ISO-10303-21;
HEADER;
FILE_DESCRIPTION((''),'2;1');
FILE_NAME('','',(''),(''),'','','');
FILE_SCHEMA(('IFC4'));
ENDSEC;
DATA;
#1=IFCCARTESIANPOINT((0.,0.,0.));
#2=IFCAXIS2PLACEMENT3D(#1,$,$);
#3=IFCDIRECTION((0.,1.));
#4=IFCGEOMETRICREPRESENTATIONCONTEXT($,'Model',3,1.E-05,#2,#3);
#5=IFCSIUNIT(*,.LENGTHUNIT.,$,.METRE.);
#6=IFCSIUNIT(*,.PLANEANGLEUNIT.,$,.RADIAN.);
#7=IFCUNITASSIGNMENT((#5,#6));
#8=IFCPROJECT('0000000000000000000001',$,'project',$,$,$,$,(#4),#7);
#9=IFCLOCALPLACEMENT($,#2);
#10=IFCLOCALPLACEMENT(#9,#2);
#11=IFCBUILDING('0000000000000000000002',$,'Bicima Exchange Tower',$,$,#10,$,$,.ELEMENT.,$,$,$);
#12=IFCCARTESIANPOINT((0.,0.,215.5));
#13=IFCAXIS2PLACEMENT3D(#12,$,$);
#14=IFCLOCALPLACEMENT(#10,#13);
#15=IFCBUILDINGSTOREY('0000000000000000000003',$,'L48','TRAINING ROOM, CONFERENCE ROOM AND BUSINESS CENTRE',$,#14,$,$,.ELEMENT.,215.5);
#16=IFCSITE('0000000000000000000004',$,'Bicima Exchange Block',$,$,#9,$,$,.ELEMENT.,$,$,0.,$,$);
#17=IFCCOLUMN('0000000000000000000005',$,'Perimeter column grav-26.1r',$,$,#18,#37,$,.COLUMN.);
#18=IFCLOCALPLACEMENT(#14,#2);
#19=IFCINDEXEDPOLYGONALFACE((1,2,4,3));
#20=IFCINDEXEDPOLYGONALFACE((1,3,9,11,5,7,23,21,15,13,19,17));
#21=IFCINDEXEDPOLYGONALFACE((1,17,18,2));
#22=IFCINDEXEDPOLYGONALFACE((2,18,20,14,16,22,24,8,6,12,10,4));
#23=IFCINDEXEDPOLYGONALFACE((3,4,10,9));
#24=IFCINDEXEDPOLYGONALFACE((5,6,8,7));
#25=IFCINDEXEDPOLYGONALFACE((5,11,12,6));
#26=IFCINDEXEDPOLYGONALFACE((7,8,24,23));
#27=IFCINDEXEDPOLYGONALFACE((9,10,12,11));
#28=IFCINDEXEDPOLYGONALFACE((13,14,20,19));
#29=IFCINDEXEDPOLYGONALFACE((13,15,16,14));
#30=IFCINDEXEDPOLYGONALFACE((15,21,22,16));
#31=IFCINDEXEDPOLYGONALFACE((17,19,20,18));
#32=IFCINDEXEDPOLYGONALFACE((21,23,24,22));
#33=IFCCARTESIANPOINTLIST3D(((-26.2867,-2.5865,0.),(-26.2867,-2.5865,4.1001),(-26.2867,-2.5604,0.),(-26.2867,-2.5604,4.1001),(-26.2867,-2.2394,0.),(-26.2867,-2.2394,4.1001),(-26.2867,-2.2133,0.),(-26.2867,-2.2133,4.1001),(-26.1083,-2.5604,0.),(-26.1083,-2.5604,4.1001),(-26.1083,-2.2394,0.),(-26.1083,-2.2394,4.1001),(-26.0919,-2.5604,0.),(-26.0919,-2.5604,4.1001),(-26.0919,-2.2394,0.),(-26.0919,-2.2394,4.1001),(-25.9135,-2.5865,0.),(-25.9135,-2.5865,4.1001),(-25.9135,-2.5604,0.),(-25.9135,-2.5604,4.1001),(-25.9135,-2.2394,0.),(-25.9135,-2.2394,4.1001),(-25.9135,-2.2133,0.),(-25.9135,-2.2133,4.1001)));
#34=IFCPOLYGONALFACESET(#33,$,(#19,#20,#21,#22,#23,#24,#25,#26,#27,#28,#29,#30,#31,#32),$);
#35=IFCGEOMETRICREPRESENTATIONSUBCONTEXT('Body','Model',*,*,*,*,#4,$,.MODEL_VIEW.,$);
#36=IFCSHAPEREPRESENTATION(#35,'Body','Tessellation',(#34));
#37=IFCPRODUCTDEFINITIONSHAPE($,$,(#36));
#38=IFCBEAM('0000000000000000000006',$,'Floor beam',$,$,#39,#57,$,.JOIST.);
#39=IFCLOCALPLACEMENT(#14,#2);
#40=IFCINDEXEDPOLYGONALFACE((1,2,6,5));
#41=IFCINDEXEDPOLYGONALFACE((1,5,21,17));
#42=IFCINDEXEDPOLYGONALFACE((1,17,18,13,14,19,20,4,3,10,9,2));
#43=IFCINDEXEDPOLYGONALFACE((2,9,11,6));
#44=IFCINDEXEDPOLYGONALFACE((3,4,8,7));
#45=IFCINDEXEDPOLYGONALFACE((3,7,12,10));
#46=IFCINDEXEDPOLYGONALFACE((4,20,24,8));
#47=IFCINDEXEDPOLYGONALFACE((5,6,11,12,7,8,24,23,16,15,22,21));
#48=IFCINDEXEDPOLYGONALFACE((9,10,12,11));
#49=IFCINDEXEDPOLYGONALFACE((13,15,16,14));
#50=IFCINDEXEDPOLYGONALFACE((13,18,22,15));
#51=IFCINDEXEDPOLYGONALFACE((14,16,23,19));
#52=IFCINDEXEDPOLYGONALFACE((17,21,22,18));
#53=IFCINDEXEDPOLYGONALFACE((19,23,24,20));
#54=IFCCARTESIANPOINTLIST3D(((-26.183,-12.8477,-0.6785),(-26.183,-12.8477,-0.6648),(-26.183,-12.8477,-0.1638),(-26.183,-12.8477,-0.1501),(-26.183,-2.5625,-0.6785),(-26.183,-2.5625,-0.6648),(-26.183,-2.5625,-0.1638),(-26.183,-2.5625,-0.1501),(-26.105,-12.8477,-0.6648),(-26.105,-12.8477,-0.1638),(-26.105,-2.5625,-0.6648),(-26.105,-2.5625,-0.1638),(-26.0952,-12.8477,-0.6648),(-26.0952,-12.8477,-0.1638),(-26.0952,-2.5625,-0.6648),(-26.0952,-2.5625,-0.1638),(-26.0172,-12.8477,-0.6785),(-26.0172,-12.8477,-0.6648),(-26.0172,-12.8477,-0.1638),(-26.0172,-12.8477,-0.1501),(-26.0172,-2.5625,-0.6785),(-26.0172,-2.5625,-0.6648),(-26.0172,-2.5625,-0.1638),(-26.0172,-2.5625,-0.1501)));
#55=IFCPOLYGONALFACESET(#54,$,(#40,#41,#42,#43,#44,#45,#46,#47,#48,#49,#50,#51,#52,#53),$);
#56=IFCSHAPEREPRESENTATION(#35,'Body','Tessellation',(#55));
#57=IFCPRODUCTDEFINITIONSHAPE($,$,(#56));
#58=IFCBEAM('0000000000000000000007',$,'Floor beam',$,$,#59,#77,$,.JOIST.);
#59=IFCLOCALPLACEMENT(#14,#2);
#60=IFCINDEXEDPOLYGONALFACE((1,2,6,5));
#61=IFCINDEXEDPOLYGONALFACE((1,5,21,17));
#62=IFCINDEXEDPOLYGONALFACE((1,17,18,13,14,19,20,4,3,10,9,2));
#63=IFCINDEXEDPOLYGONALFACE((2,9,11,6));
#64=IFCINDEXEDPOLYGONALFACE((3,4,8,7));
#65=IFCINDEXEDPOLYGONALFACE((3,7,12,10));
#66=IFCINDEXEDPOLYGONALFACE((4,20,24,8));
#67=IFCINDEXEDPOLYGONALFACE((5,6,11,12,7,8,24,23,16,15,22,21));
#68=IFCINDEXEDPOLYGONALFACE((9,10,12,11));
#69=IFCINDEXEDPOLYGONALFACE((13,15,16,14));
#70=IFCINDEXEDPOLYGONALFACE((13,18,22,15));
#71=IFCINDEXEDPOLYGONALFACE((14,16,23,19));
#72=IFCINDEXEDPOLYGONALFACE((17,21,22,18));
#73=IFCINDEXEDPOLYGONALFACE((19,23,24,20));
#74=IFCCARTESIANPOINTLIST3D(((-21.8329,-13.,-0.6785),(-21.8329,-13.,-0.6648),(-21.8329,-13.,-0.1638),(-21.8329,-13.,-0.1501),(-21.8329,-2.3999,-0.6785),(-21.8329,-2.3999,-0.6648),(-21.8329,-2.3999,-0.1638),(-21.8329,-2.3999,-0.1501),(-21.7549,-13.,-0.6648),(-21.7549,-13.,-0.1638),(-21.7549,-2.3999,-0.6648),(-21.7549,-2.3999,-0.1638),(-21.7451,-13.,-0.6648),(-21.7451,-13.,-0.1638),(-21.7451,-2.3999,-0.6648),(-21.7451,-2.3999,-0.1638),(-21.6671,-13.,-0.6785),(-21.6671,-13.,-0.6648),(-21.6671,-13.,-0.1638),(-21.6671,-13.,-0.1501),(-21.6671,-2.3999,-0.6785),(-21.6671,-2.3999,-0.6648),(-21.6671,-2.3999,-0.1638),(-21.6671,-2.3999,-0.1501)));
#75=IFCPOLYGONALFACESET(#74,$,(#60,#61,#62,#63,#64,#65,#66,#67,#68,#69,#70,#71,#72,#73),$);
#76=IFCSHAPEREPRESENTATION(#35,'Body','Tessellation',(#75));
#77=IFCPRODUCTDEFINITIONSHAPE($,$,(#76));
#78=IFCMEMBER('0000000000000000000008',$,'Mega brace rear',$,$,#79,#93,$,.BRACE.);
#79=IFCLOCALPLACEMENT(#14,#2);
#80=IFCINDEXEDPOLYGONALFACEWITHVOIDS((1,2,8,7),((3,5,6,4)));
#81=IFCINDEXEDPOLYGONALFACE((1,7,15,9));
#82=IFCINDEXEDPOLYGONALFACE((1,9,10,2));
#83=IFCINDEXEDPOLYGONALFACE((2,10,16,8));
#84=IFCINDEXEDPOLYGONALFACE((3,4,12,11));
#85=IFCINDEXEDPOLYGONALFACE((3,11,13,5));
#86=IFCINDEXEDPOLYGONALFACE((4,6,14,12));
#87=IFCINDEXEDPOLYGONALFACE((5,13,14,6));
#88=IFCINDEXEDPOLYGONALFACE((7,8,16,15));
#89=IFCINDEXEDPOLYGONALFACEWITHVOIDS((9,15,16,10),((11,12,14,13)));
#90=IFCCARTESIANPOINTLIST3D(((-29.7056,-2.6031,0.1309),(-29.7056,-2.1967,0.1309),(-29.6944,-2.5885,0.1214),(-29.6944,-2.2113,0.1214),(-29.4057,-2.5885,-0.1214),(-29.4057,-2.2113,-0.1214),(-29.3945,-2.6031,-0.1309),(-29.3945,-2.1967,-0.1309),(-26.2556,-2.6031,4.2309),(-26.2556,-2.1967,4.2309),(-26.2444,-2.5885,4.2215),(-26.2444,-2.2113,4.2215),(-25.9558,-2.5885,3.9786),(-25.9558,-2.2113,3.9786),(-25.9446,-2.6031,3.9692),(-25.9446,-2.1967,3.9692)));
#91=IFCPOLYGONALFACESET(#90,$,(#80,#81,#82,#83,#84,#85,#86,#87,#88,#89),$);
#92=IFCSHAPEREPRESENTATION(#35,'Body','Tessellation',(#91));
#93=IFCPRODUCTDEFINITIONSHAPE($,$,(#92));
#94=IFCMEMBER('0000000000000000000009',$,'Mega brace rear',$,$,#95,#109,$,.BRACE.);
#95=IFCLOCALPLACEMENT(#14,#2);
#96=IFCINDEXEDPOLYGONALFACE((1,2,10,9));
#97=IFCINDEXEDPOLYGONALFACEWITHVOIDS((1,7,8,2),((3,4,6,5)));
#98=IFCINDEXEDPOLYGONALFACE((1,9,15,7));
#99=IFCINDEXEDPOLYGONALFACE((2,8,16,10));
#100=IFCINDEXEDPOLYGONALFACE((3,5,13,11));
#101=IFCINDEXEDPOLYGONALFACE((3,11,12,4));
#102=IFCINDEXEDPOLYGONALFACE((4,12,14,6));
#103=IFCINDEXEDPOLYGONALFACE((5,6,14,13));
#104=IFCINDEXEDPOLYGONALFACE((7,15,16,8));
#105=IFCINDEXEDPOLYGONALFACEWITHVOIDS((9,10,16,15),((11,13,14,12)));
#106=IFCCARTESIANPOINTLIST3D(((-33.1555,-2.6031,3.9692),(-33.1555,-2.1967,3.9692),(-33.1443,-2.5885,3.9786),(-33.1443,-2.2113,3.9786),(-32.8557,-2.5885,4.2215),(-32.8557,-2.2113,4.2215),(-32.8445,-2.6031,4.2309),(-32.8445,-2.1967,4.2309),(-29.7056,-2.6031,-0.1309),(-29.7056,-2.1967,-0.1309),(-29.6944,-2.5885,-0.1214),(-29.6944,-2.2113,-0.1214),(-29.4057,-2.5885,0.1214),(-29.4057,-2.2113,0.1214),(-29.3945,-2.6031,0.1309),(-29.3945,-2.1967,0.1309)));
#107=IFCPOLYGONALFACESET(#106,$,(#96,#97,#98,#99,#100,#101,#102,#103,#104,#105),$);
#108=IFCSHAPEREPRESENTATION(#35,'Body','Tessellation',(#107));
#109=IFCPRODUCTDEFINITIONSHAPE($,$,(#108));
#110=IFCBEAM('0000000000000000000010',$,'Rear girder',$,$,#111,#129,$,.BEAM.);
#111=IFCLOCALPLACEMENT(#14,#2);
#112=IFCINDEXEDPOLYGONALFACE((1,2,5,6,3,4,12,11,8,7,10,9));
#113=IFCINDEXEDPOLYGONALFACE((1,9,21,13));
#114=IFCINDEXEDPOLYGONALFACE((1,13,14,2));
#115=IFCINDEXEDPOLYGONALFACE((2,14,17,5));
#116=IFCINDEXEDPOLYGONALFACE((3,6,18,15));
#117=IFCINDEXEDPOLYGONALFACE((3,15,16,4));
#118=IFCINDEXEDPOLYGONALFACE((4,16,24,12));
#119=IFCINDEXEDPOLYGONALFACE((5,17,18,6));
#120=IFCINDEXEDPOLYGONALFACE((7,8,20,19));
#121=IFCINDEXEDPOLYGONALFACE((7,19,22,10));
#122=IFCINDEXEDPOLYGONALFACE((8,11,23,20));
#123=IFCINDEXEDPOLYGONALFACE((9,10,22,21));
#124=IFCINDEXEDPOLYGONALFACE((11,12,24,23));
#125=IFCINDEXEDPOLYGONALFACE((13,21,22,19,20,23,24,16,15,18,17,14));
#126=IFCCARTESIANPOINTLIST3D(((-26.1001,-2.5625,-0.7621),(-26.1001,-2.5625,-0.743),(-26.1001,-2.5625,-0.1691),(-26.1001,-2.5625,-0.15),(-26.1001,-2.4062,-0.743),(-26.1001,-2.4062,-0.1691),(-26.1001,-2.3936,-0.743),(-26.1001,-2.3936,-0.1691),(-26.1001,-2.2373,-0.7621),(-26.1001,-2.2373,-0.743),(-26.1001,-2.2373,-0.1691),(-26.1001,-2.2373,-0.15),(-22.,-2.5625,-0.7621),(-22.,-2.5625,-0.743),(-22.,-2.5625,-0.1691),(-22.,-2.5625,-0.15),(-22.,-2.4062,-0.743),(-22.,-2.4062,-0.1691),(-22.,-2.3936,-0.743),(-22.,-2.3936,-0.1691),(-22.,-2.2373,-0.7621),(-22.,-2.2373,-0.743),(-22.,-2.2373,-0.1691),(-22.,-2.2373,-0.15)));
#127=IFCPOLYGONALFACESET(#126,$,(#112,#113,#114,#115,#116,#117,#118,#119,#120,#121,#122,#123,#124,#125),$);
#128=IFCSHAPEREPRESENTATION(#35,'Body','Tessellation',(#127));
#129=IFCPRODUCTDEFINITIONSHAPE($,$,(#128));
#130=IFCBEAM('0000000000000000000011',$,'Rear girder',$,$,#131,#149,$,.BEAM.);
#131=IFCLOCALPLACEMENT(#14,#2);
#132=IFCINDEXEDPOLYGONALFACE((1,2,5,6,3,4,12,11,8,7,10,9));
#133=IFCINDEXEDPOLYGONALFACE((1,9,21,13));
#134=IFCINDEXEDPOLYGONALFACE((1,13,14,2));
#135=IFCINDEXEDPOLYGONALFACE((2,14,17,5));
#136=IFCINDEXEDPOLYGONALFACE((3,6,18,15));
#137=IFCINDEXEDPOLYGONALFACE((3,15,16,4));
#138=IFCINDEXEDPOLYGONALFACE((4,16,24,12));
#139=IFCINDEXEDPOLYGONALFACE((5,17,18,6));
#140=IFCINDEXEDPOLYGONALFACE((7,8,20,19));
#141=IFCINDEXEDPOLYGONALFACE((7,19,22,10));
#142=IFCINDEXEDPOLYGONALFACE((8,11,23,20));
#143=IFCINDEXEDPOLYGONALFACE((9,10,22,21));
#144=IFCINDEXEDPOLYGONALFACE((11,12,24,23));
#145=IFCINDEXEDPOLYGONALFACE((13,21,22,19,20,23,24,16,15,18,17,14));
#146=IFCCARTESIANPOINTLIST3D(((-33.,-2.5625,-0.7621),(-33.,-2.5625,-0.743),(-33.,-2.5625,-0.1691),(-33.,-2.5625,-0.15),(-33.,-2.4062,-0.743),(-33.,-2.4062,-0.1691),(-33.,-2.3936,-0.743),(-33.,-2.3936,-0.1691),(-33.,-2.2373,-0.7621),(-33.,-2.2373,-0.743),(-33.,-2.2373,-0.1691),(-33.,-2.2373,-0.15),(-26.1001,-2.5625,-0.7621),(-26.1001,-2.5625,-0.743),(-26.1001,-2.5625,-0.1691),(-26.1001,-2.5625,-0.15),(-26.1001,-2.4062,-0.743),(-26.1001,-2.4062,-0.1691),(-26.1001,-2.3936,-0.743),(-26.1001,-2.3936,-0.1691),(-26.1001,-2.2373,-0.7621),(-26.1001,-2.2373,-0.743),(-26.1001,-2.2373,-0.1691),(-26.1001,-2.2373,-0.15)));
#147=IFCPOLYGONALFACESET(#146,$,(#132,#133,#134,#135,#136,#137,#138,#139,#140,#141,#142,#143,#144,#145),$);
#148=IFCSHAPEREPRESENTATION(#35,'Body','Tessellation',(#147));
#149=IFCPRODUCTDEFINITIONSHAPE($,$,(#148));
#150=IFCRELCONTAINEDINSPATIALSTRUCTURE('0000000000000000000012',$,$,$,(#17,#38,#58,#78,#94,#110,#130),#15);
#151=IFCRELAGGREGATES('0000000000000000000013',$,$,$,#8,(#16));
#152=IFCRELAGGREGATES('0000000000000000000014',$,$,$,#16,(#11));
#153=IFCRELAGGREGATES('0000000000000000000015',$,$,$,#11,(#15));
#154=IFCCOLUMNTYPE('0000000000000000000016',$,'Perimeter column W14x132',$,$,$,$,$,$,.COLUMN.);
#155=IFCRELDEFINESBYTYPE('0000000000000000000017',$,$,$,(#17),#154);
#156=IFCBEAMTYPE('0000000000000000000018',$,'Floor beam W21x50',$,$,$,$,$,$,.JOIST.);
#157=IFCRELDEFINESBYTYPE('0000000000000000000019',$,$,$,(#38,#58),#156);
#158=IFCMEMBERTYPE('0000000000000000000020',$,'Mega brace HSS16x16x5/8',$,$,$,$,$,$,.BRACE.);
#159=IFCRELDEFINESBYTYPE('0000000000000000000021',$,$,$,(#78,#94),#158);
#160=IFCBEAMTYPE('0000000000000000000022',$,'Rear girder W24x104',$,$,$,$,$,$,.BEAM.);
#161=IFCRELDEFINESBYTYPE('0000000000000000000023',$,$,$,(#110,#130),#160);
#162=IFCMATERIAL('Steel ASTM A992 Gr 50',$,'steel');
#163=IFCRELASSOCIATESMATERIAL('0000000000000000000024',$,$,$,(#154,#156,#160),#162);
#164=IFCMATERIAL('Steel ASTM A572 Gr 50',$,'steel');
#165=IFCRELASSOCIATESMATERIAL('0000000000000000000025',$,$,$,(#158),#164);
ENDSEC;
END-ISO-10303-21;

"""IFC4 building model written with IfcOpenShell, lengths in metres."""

from ifc_helpers import new_model, si_unit, direction, frame, origin, origin_2d, place, context, subcontext, project, spatial, hollow_rectangle, i_section, extrude, material, material_profile, profile_set, type_object, element, save


model = new_model("IFC4")

# Units and contexts
model_context = context("Model", 3, precision=1e-05, world=origin(), true_north=direction((0.0, 1.0)))
body_context = subcontext(model_context, "Body", "Model", "MODEL_VIEW")
ifc_project = project(units=[si_unit("LENGTHUNIT", "METRE"), si_unit("PLANEANGLEUNIT", "RADIAN")], contexts=[model_context])

# Site, building, storey
site_placement = place(None, origin())
site = spatial("IfcSite", under=ifc_project, at=site_placement, Name="Bicima Exchange Block", CompositionType="ELEMENT", RefElevation=0.0)
building_placement = place(site_placement, origin())
building = spatial("IfcBuilding", under=site, at=building_placement, Name="Bicima Exchange Tower", CompositionType="ELEMENT")
storey_placement = place(building_placement, frame((0.0, 0.0, 215.5)))
storey = spatial("IfcBuildingStorey", under=building, at=storey_placement, Name="L48", Description="TRAINING ROOM, CONFERENCE ROOM AND BUSINESS CENTRE", CompositionType="ELEMENT", Elevation=215.5)

# Column
ifc_material_1 = material(Name="Steel ASTM A992 Gr 50", Category="steel")
ifc_material_profile_1 = material_profile(ifc_material_1, i_section(OverallWidth=0.3733, OverallDepth=0.3733, WebThickness=0.0164, FlangeThickness=0.0261, at=origin_2d()))
ifc_profile_set_1 = profile_set([ifc_material_profile_1], Name="Steel ASTM A992 Gr 50")
column_type = type_object("IfcColumnType", Name="Perimeter column W14x132", PredefinedType="COLUMN", material=ifc_profile_set_1)
column_placement = place(storey_placement, frame((-26.1001, -2.3999, 0.0), z_axis=(0.0, 0.0, 1.0), x_axis=(1.0, 0.0, 0.0)))
element("IfcColumn", 1, at=column_placement, inside=storey, type_object=column_type, Name="Perimeter column grav-26.1r", PredefinedType="COLUMN", context=body_context, shape_type="SweptSolid", body=[
    extrude(i_section(OverallWidth=0.3733, OverallDepth=0.3733, WebThickness=0.0164, FlangeThickness=0.0261, at=origin_2d()), origin(), (0.0, 0.0, 1.0), 4.1001),
])

# Beams
ifc_material_profile_2 = material_profile(ifc_material_1, i_section(OverallWidth=0.1658, OverallDepth=0.5283, WebThickness=0.0098, FlangeThickness=0.0137, at=origin_2d()))
ifc_profile_set_2 = profile_set([ifc_material_profile_2], Name="Steel ASTM A992 Gr 50")
beam_type_1 = type_object("IfcBeamType", Name="Floor beam W21x50", PredefinedType="JOIST", material=ifc_profile_set_2)
beam_1_placement = place(storey_placement, frame((-26.1001, -2.5625, -0.4143), z_axis=(0.0, -1.0, 0.0), x_axis=(1.0, 0.0, 0.0)))
element("IfcBeam", 2, at=beam_1_placement, inside=storey, type_object=beam_type_1, Name="Floor beam", PredefinedType="JOIST", context=body_context, shape_type="SweptSolid", body=[
    extrude(i_section(OverallWidth=0.1658, OverallDepth=0.5283, WebThickness=0.0098, FlangeThickness=0.0137, at=origin_2d()), origin(), (0.0, 0.0, 1.0), 10.2852),
])
beam_2_placement = place(storey_placement, frame((-21.75, -2.3999, -0.4143), z_axis=(0.0, -1.0, 0.0), x_axis=(1.0, 0.0, 0.0)))
element("IfcBeam", 3, at=beam_2_placement, inside=storey, type_object=beam_type_1, Name="Floor beam", PredefinedType="JOIST", context=body_context, shape_type="SweptSolid", body=[
    extrude(i_section(OverallWidth=0.1658, OverallDepth=0.5283, WebThickness=0.0098, FlangeThickness=0.0137, at=origin_2d()), origin(), (0.0, 0.0, 1.0), 10.6001),
])

# Members
ifc_material_2 = material(Name="Steel ASTM A572 Gr 50", Category="steel")
ifc_material_profile_3 = material_profile(ifc_material_2, hollow_rectangle(XDim=0.4065, YDim=0.4065, WallThickness=0.0146, at=origin_2d()))
ifc_profile_set_3 = profile_set([ifc_material_profile_3], Name="Steel ASTM A572 Gr 50")
member_type = type_object("IfcMemberType", Name="Mega brace HSS16x16x5/8", PredefinedType="BRACE", material=ifc_profile_set_3)
for number, where, z_axis, x_axis, name in (
    (4, (-29.55, -2.3999, 0.0), (0.643834, 0.0, 0.765165), (0.0, 1.0, 0.0), "Mega brace rear"),
    (5, (-29.55, -2.3999, 0.0), (-0.643834, 0.0, 0.765165), (0.0, -1.0, 0.0), "Mega brace rear"),
):
    element("IfcMember", number, at=place(storey_placement, frame(where, z_axis=z_axis, x_axis=x_axis)), inside=storey, type_object=member_type, Name=name, PredefinedType="BRACE", context=body_context, shape_type="SweptSolid", body=[
        extrude(hollow_rectangle(XDim=0.4065, YDim=0.4065, WallThickness=0.0146, at=origin_2d()), origin(), (0.0, 0.0, 1.0), 5.3584),
    ])

# Beams
ifc_material_profile_4 = material_profile(ifc_material_1, i_section(OverallWidth=0.3252, OverallDepth=0.6121, WebThickness=0.0127, FlangeThickness=0.019, at=origin_2d()))
ifc_profile_set_4 = profile_set([ifc_material_profile_4], Name="Steel ASTM A992 Gr 50")
beam_type_2 = type_object("IfcBeamType", Name="Rear girder W24x104", PredefinedType="BEAM", material=ifc_profile_set_4)
beam_3_placement = place(storey_placement, frame((-22.0, -2.3999, -0.4561), z_axis=(-1.0, 0.0, 0.0), x_axis=(0.0, -1.0, 0.0)))
element("IfcBeam", 6, at=beam_3_placement, inside=storey, type_object=beam_type_2, Name="Rear girder", PredefinedType="BEAM", context=body_context, shape_type="SweptSolid", body=[
    extrude(i_section(OverallWidth=0.3252, OverallDepth=0.6121, WebThickness=0.0127, FlangeThickness=0.019, at=origin_2d()), origin(), (0.0, 0.0, 1.0), 4.1001),
])
beam_4_placement = place(storey_placement, frame((-26.1001, -2.3999, -0.4561), z_axis=(-1.0, 0.0, 0.0), x_axis=(0.0, -1.0, 0.0)))
element("IfcBeam", 7, at=beam_4_placement, inside=storey, type_object=beam_type_2, Name="Rear girder", PredefinedType="BEAM", context=body_context, shape_type="SweptSolid", body=[
    extrude(i_section(OverallWidth=0.3252, OverallDepth=0.6121, WebThickness=0.0127, FlangeThickness=0.019, at=origin_2d()), origin(), (0.0, 0.0, 1.0), 6.8999),
])

save(model, "model.ifc")
